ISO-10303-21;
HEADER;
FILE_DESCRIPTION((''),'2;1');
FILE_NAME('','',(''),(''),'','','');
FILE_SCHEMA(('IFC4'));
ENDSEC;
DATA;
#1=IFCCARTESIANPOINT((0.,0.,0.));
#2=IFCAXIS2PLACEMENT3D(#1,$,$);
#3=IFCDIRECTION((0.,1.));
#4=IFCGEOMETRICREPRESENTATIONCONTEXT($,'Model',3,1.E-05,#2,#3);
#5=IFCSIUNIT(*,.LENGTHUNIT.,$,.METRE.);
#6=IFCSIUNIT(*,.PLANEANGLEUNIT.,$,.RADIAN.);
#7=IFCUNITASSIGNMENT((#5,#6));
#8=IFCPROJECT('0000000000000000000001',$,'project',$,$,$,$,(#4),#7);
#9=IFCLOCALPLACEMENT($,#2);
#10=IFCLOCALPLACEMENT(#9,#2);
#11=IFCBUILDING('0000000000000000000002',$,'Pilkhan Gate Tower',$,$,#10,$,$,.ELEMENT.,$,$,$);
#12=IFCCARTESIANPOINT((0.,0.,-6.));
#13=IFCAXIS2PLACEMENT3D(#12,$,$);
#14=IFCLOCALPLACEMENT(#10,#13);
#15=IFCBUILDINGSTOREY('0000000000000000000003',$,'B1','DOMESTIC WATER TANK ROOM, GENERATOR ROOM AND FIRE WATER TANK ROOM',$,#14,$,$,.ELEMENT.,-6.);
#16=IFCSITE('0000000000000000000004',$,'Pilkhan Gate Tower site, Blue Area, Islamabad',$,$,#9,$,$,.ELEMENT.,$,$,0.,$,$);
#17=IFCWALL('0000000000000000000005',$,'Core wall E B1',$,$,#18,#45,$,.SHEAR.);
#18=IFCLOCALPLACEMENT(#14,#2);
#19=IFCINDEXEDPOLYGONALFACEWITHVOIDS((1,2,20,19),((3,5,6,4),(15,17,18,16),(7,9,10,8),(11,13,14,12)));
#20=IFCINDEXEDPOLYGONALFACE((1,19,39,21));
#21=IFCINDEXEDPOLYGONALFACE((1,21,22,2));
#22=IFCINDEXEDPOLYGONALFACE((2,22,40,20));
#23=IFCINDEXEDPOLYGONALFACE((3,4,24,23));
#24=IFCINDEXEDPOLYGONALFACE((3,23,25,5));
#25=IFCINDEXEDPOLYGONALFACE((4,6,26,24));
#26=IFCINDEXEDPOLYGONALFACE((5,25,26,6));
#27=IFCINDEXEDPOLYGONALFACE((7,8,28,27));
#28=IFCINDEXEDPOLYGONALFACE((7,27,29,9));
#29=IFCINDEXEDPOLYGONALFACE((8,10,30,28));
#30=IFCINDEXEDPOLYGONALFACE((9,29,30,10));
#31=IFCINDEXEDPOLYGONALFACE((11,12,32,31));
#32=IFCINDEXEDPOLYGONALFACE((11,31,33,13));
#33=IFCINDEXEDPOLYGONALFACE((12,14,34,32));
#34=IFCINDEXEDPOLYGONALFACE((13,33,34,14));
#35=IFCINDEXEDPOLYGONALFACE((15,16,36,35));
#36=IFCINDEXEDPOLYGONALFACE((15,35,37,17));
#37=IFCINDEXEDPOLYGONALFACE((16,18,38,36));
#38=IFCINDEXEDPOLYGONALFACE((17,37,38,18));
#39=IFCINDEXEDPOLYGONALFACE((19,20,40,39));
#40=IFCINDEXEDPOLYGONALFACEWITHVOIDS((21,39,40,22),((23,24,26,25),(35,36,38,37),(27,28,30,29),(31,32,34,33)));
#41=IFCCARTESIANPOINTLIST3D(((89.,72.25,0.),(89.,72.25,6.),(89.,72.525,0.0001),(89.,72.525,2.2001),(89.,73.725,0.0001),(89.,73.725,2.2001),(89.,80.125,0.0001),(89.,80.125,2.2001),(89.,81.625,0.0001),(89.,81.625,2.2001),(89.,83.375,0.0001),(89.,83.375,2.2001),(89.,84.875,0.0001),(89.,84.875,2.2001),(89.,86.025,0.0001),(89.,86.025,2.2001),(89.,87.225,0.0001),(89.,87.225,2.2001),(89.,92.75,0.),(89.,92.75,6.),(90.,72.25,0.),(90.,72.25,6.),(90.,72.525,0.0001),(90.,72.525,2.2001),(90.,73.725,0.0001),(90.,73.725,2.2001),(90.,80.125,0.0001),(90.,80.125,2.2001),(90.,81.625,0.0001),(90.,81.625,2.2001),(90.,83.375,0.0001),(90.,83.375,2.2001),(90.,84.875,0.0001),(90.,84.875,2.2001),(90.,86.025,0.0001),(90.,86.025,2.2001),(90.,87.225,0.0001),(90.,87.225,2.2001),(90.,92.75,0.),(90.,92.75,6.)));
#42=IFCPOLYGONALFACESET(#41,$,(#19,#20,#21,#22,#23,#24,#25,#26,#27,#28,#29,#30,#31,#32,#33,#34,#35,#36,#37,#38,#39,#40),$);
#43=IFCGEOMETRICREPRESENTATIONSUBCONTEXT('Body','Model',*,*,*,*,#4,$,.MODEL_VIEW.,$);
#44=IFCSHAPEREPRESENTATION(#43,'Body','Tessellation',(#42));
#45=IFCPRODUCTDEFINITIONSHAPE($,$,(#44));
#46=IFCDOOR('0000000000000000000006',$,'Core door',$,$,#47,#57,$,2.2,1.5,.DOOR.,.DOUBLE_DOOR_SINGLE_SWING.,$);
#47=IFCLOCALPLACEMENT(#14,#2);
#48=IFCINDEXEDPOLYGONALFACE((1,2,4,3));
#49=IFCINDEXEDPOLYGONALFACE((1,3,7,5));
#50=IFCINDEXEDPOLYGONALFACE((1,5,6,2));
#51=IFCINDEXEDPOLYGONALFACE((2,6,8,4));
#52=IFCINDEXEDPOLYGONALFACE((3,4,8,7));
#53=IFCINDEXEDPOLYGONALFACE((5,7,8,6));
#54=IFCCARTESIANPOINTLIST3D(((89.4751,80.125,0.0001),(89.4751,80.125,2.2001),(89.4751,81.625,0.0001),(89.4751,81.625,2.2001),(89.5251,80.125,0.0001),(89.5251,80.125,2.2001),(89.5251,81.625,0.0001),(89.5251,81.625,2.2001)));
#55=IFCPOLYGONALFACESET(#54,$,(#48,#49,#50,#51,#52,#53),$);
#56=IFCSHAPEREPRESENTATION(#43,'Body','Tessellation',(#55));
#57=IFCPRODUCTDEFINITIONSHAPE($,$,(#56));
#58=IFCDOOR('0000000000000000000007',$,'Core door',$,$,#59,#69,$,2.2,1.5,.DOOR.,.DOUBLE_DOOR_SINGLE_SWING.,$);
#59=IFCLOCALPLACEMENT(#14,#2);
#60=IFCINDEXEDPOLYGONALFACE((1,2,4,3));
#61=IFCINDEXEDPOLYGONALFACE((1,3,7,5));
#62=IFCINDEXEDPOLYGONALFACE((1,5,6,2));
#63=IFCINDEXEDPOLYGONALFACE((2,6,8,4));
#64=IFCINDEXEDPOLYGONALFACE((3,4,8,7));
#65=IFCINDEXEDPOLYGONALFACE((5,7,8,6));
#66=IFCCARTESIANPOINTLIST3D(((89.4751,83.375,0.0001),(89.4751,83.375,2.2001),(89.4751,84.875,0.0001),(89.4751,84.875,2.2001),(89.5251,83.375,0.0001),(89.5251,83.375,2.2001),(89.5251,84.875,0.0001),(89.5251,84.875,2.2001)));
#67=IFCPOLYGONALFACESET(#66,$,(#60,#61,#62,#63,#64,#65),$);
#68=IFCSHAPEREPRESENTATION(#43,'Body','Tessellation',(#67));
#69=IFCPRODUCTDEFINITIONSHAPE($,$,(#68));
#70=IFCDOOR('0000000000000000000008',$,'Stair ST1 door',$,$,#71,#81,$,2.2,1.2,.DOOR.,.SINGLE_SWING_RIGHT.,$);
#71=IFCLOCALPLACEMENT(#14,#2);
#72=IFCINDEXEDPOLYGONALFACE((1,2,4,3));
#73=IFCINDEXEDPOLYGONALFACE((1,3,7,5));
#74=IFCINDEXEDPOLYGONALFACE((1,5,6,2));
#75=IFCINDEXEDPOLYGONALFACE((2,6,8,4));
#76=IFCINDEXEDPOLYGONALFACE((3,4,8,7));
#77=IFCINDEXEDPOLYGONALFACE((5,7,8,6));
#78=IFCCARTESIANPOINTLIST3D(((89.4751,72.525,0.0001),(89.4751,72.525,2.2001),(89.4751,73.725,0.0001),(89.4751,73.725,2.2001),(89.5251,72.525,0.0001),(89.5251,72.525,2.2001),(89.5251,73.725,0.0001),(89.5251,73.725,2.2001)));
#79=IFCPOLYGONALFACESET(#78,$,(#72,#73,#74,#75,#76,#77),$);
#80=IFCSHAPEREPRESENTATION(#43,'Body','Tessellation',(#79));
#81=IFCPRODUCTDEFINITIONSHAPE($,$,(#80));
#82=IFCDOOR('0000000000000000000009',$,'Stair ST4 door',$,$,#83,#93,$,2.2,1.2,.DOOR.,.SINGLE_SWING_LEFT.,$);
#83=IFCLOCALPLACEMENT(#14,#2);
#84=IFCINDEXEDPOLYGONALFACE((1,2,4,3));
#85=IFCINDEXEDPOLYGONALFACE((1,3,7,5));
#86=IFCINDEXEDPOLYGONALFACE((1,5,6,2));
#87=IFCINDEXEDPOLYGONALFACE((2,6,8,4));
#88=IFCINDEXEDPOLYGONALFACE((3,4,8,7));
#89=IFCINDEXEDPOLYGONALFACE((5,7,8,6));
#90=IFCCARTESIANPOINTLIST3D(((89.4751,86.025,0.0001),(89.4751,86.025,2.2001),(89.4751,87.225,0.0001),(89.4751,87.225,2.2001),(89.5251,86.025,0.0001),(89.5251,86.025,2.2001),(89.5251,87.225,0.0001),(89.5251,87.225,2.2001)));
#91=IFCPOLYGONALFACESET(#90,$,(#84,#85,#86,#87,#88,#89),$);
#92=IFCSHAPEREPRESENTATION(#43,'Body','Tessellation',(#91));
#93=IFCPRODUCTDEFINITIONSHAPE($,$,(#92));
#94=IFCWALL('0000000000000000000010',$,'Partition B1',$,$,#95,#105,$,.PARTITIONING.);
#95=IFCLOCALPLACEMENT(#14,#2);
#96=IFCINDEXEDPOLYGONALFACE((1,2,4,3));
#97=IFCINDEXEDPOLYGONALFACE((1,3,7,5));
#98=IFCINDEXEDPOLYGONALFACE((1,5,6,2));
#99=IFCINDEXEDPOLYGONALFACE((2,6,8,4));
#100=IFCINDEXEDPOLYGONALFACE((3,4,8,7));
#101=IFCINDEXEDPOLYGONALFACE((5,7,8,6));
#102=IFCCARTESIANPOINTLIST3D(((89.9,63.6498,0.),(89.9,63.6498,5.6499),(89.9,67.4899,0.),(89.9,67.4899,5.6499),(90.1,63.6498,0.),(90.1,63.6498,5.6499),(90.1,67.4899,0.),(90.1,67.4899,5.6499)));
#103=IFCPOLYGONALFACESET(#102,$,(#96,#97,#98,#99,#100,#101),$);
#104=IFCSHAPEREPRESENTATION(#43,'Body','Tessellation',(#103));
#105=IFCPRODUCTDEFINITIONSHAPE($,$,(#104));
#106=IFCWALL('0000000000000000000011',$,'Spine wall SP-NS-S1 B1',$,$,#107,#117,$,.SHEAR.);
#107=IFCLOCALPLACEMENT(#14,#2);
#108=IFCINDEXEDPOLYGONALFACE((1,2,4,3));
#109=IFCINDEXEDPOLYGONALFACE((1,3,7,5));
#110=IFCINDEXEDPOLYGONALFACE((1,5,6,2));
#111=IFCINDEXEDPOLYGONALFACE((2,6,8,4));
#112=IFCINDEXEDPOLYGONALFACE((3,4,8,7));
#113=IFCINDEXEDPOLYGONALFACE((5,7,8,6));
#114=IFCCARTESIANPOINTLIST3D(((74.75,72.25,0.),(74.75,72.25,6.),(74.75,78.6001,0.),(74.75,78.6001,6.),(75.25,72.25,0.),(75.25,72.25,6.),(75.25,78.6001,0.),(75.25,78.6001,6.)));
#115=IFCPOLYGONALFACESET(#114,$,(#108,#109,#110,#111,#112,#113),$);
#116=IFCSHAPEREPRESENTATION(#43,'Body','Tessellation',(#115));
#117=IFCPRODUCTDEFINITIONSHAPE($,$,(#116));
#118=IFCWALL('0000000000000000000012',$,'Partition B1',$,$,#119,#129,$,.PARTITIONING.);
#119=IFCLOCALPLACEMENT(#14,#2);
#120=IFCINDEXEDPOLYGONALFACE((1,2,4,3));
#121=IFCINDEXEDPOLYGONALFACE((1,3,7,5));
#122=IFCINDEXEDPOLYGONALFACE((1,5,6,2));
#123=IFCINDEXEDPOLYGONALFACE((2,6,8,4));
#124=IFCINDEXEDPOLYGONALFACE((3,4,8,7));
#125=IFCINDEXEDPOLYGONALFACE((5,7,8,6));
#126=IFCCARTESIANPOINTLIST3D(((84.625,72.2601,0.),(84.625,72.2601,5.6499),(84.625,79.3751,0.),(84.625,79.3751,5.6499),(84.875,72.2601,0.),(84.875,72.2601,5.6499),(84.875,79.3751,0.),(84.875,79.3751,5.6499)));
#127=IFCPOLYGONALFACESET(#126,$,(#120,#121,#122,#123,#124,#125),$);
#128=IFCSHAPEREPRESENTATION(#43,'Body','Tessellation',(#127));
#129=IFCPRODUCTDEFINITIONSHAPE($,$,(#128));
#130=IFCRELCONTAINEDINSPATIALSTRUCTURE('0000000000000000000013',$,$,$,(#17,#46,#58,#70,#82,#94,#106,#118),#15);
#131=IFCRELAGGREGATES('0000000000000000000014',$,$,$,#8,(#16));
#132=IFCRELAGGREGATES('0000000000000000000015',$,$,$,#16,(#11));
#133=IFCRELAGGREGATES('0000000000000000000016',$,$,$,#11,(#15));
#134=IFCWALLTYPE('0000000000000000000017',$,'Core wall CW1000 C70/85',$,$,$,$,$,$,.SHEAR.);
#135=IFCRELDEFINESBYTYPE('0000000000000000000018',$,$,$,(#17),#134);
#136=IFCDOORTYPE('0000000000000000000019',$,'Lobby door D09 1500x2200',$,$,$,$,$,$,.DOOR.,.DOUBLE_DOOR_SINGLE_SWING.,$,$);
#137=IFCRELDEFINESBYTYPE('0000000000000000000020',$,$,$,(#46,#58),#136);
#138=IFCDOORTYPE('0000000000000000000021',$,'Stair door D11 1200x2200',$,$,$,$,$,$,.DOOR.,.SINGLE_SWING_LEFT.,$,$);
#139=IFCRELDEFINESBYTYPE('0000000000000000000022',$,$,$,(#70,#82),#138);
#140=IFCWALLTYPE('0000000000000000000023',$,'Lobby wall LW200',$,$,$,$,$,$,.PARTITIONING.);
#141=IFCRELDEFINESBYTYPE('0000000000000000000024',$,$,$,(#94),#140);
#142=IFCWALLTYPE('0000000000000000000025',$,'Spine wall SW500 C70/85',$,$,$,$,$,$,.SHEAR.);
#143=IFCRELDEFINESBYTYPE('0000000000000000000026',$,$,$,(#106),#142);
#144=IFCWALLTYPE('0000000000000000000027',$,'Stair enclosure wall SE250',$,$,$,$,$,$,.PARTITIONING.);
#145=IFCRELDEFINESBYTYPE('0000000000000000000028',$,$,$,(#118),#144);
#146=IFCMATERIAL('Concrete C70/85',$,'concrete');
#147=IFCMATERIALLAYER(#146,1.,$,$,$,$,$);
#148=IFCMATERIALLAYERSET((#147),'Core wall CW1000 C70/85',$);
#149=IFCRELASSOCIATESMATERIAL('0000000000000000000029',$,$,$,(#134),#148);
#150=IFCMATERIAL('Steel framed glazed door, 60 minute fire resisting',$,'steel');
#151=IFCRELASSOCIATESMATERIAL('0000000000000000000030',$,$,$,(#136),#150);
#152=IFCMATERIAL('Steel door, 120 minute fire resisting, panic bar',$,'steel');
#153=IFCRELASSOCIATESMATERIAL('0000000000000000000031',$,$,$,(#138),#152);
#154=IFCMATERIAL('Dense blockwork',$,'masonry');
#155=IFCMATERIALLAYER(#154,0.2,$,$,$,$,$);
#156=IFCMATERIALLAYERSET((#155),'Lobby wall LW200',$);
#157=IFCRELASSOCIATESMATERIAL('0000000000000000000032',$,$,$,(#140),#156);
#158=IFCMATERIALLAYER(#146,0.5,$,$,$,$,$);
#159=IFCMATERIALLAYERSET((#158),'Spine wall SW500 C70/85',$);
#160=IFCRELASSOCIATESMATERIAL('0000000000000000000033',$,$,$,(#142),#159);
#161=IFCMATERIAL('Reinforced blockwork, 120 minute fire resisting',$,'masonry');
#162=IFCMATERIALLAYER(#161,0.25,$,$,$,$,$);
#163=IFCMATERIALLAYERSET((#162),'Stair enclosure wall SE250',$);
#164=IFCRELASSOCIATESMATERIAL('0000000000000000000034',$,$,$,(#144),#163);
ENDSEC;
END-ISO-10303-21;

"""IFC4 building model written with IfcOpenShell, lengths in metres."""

from ifc_helpers import new_model, si_unit, direction, frame, frame_2d, origin, place, context, subcontext, project, spatial, rectangle, extrude, material, layer, layer_set, type_object, element, fill, save


model = new_model("IFC4")

# Units and contexts
model_context = context("Model", 3, precision=1e-05, world=origin(), true_north=direction((0.0, 1.0)))
body_context = subcontext(model_context, "Body", "Model", "MODEL_VIEW")
ifc_project = project(units=[si_unit("LENGTHUNIT", "METRE"), si_unit("PLANEANGLEUNIT", "RADIAN")], contexts=[model_context])

# Site, building, storey
site_placement = place(None, origin())
site = spatial("IfcSite", under=ifc_project, at=site_placement, Name="Pilkhan Gate Tower site, Blue Area, Islamabad", CompositionType="ELEMENT", RefElevation=0.0)
building_placement = place(site_placement, origin())
building = spatial("IfcBuilding", under=site, at=building_placement, Name="Pilkhan Gate Tower", CompositionType="ELEMENT")
storey_placement = place(building_placement, frame((0.0, 0.0, -6.0)))
storey = spatial("IfcBuildingStorey", under=building, at=storey_placement, Name="B1", Description="DOMESTIC WATER TANK ROOM, GENERATOR ROOM AND FIRE WATER TANK ROOM", CompositionType="ELEMENT", Elevation=-6.0)

# Shared definitions
ifc_material_1 = material(Name="Concrete C70/85", Category="concrete")

# Wall, openings, doors
ifc_layer_1 = layer(ifc_material_1, 1.0)
ifc_layer_set_1 = layer_set([ifc_layer_1], Name="Core wall CW1000 C70/85")
wall_type_1 = type_object("IfcWallType", Name="Core wall CW1000 C70/85", PredefinedType="SHEAR", material=ifc_layer_set_1)
wall_1_placement = place(storey_placement, frame((89.5, 72.25, 0.0), z_axis=(0.0, 0.0, 1.0), x_axis=(0.0, 1.0, 0.0)))
wall_1 = element("IfcWall", 1, at=wall_1_placement, inside=storey, type_object=wall_type_1, Name="Core wall E B1", PredefinedType="SHEAR", context=body_context, shape_type="SweptSolid", body=[
    extrude(rectangle(XDim=20.5, YDim=1.0, at=frame_2d((10.25, 0.0))), origin(), (0.0, 0.0, 1.0), 6.0),
])
opening_1_placement = place(wall_1_placement, frame((0.2749, 0.0, 0.0)))
opening_1 = element("IfcOpeningElement", 2, at=opening_1_placement, cuts=wall_1, PredefinedType="OPENING", context=body_context, shape_type="SweptSolid", body=[
    extrude(rectangle(XDim=1.2, YDim=2.2, at=frame_2d((0.6001, 1.1001))), frame((0.0, 0.51, 0.0), z_axis=(0.0, -1.0, 0.0), x_axis=(1.0, 0.0, 0.0)), (0.0, 0.0, 1.0), 1.02),
])
opening_2_placement = place(wall_1_placement, frame((13.7749, 0.0, 0.0)))
opening_2 = element("IfcOpeningElement", 3, at=opening_2_placement, cuts=wall_1, PredefinedType="OPENING", context=body_context, shape_type="SweptSolid", body=[
    extrude(rectangle(XDim=1.2, YDim=2.2, at=frame_2d((0.6001, 1.1001))), frame((0.0, 0.51, 0.0), z_axis=(0.0, -1.0, 0.0), x_axis=(1.0, 0.0, 0.0)), (0.0, 0.0, 1.0), 1.02),
])
opening_3_placement = place(wall_1_placement, frame((7.875, 0.0, 0.0)))
opening_3 = element("IfcOpeningElement", 4, at=opening_3_placement, cuts=wall_1, PredefinedType="OPENING", context=body_context, shape_type="SweptSolid", body=[
    extrude(rectangle(XDim=1.5, YDim=2.2, at=frame_2d((0.75, 1.1001))), frame((0.0, 0.51, 0.0), z_axis=(0.0, -1.0, 0.0), x_axis=(1.0, 0.0, 0.0)), (0.0, 0.0, 1.0), 1.02),
])
opening_4_placement = place(wall_1_placement, frame((11.125, 0.0, 0.0)))
opening_4 = element("IfcOpeningElement", 5, at=opening_4_placement, cuts=wall_1, PredefinedType="OPENING", context=body_context, shape_type="SweptSolid", body=[
    extrude(rectangle(XDim=1.5, YDim=2.2, at=frame_2d((0.75, 1.1001))), frame((0.0, 0.51, 0.0), z_axis=(0.0, -1.0, 0.0), x_axis=(1.0, 0.0, 0.0)), (0.0, 0.0, 1.0), 1.02),
])
ifc_material_2 = material(Name="Steel framed glazed door, 60 minute fire resisting", Category="steel")
door_type_1 = type_object("IfcDoorType", Name="Lobby door D09 1500x2200", OperationType="DOUBLE_DOOR_SINGLE_SWING", PredefinedType="DOOR", material=ifc_material_2)
door_1_placement = place(opening_3_placement, origin())
door_1 = element("IfcDoor", 6, at=door_1_placement, inside=storey, type_object=door_type_1, Name="Core door", OperationType="DOUBLE_DOOR_SINGLE_SWING", OverallHeight=2.2, OverallWidth=1.5, PredefinedType="DOOR", context=body_context, shape_type="SweptSolid", body=[
    extrude(rectangle(XDim=1.5, YDim=2.2, at=frame_2d((0.75, 1.1001))), frame((0.0, 0.0249, 0.0), z_axis=(0.0, -1.0, 0.0), x_axis=(1.0, 0.0, 0.0)), (0.0, 0.0, 1.0), 0.05),
])
fill(opening_3, door_1)
door_2_placement = place(opening_4_placement, origin())
door_2 = element("IfcDoor", 7, at=door_2_placement, inside=storey, type_object=door_type_1, Name="Core door", OperationType="DOUBLE_DOOR_SINGLE_SWING", OverallHeight=2.2, OverallWidth=1.5, PredefinedType="DOOR", context=body_context, shape_type="SweptSolid", body=[
    extrude(rectangle(XDim=1.5, YDim=2.2, at=frame_2d((0.75, 1.1001))), frame((0.0, 0.0249, 0.0), z_axis=(0.0, -1.0, 0.0), x_axis=(1.0, 0.0, 0.0)), (0.0, 0.0, 1.0), 0.05),
])
fill(opening_4, door_2)
ifc_material_3 = material(Name="Steel door, 120 minute fire resisting, panic bar", Category="steel")
door_type_2 = type_object("IfcDoorType", Name="Stair door D11 1200x2200", OperationType="SINGLE_SWING_LEFT", PredefinedType="DOOR", material=ifc_material_3)
door_3_placement = place(opening_1_placement, origin())
door_3 = element("IfcDoor", 8, at=door_3_placement, inside=storey, type_object=door_type_2, Name="Stair ST1 door", OperationType="SINGLE_SWING_RIGHT", OverallHeight=2.2, OverallWidth=1.2, PredefinedType="DOOR", context=body_context, shape_type="SweptSolid", body=[
    extrude(rectangle(XDim=1.2, YDim=2.2, at=frame_2d((0.6001, 1.1001))), frame((0.0, 0.0249, 0.0), z_axis=(0.0, -1.0, 0.0), x_axis=(1.0, 0.0, 0.0)), (0.0, 0.0, 1.0), 0.05),
])
fill(opening_1, door_3)
door_4_placement = place(opening_2_placement, origin())
door_4 = element("IfcDoor", 9, at=door_4_placement, inside=storey, type_object=door_type_2, Name="Stair ST4 door", OperationType="SINGLE_SWING_LEFT", OverallHeight=2.2, OverallWidth=1.2, PredefinedType="DOOR", context=body_context, shape_type="SweptSolid", body=[
    extrude(rectangle(XDim=1.2, YDim=2.2, at=frame_2d((0.6001, 1.1001))), frame((0.0, 0.0249, 0.0), z_axis=(0.0, -1.0, 0.0), x_axis=(1.0, 0.0, 0.0)), (0.0, 0.0, 1.0), 0.05),
])
fill(opening_2, door_4)

# Walls
ifc_material_4 = material(Name="Dense blockwork", Category="masonry")
ifc_layer_2 = layer(ifc_material_4, 0.2)
ifc_layer_set_2 = layer_set([ifc_layer_2], Name="Lobby wall LW200")
wall_type_2 = type_object("IfcWallType", Name="Lobby wall LW200", PredefinedType="PARTITIONING", material=ifc_layer_set_2)
wall_2_placement = place(storey_placement, frame((90.0, 63.6499, 0.0), z_axis=(0.0, 0.0, 1.0), x_axis=(0.0, 1.0, 0.0)))
element("IfcWall", 10, at=wall_2_placement, inside=storey, type_object=wall_type_2, Name="Partition B1", PredefinedType="PARTITIONING", context=body_context, shape_type="SweptSolid", body=[
    extrude(rectangle(XDim=3.8401, YDim=0.2, at=frame_2d((1.9199, 0.0))), origin(), (0.0, 0.0, 1.0), 5.6499),
])
ifc_layer_3 = layer(ifc_material_1, 0.5)
ifc_layer_set_3 = layer_set([ifc_layer_3], Name="Spine wall SW500 C70/85")
wall_type_3 = type_object("IfcWallType", Name="Spine wall SW500 C70/85", PredefinedType="SHEAR", material=ifc_layer_set_3)
wall_3_placement = place(storey_placement, frame((75.0, 72.25, 0.0), z_axis=(0.0, 0.0, 1.0), x_axis=(0.0, 1.0, 0.0)))
element("IfcWall", 11, at=wall_3_placement, inside=storey, type_object=wall_type_3, Name="Spine wall SP-NS-S1 B1", PredefinedType="SHEAR", context=body_context, shape_type="SweptSolid", body=[
    extrude(rectangle(XDim=6.3501, YDim=0.5, at=frame_2d((3.175, 0.0))), origin(), (0.0, 0.0, 1.0), 6.0),
])
ifc_material_5 = material(Name="Reinforced blockwork, 120 minute fire resisting", Category="masonry")
ifc_layer_4 = layer(ifc_material_5, 0.25)
ifc_layer_set_4 = layer_set([ifc_layer_4], Name="Stair enclosure wall SE250")
wall_type_4 = type_object("IfcWallType", Name="Stair enclosure wall SE250", PredefinedType="PARTITIONING", material=ifc_layer_set_4)
wall_4_placement = place(storey_placement, frame((84.75, 72.26, 0.0), z_axis=(0.0, 0.0, 1.0), x_axis=(0.0, 1.0, 0.0)))
element("IfcWall", 12, at=wall_4_placement, inside=storey, type_object=wall_type_4, Name="Partition B1", PredefinedType="PARTITIONING", context=body_context, shape_type="SweptSolid", body=[
    extrude(rectangle(XDim=7.115, YDim=0.25, at=frame_2d((3.5576, 0.0))), origin(), (0.0, 0.0, 1.0), 5.6499),
])

save(model, "model.ifc")
